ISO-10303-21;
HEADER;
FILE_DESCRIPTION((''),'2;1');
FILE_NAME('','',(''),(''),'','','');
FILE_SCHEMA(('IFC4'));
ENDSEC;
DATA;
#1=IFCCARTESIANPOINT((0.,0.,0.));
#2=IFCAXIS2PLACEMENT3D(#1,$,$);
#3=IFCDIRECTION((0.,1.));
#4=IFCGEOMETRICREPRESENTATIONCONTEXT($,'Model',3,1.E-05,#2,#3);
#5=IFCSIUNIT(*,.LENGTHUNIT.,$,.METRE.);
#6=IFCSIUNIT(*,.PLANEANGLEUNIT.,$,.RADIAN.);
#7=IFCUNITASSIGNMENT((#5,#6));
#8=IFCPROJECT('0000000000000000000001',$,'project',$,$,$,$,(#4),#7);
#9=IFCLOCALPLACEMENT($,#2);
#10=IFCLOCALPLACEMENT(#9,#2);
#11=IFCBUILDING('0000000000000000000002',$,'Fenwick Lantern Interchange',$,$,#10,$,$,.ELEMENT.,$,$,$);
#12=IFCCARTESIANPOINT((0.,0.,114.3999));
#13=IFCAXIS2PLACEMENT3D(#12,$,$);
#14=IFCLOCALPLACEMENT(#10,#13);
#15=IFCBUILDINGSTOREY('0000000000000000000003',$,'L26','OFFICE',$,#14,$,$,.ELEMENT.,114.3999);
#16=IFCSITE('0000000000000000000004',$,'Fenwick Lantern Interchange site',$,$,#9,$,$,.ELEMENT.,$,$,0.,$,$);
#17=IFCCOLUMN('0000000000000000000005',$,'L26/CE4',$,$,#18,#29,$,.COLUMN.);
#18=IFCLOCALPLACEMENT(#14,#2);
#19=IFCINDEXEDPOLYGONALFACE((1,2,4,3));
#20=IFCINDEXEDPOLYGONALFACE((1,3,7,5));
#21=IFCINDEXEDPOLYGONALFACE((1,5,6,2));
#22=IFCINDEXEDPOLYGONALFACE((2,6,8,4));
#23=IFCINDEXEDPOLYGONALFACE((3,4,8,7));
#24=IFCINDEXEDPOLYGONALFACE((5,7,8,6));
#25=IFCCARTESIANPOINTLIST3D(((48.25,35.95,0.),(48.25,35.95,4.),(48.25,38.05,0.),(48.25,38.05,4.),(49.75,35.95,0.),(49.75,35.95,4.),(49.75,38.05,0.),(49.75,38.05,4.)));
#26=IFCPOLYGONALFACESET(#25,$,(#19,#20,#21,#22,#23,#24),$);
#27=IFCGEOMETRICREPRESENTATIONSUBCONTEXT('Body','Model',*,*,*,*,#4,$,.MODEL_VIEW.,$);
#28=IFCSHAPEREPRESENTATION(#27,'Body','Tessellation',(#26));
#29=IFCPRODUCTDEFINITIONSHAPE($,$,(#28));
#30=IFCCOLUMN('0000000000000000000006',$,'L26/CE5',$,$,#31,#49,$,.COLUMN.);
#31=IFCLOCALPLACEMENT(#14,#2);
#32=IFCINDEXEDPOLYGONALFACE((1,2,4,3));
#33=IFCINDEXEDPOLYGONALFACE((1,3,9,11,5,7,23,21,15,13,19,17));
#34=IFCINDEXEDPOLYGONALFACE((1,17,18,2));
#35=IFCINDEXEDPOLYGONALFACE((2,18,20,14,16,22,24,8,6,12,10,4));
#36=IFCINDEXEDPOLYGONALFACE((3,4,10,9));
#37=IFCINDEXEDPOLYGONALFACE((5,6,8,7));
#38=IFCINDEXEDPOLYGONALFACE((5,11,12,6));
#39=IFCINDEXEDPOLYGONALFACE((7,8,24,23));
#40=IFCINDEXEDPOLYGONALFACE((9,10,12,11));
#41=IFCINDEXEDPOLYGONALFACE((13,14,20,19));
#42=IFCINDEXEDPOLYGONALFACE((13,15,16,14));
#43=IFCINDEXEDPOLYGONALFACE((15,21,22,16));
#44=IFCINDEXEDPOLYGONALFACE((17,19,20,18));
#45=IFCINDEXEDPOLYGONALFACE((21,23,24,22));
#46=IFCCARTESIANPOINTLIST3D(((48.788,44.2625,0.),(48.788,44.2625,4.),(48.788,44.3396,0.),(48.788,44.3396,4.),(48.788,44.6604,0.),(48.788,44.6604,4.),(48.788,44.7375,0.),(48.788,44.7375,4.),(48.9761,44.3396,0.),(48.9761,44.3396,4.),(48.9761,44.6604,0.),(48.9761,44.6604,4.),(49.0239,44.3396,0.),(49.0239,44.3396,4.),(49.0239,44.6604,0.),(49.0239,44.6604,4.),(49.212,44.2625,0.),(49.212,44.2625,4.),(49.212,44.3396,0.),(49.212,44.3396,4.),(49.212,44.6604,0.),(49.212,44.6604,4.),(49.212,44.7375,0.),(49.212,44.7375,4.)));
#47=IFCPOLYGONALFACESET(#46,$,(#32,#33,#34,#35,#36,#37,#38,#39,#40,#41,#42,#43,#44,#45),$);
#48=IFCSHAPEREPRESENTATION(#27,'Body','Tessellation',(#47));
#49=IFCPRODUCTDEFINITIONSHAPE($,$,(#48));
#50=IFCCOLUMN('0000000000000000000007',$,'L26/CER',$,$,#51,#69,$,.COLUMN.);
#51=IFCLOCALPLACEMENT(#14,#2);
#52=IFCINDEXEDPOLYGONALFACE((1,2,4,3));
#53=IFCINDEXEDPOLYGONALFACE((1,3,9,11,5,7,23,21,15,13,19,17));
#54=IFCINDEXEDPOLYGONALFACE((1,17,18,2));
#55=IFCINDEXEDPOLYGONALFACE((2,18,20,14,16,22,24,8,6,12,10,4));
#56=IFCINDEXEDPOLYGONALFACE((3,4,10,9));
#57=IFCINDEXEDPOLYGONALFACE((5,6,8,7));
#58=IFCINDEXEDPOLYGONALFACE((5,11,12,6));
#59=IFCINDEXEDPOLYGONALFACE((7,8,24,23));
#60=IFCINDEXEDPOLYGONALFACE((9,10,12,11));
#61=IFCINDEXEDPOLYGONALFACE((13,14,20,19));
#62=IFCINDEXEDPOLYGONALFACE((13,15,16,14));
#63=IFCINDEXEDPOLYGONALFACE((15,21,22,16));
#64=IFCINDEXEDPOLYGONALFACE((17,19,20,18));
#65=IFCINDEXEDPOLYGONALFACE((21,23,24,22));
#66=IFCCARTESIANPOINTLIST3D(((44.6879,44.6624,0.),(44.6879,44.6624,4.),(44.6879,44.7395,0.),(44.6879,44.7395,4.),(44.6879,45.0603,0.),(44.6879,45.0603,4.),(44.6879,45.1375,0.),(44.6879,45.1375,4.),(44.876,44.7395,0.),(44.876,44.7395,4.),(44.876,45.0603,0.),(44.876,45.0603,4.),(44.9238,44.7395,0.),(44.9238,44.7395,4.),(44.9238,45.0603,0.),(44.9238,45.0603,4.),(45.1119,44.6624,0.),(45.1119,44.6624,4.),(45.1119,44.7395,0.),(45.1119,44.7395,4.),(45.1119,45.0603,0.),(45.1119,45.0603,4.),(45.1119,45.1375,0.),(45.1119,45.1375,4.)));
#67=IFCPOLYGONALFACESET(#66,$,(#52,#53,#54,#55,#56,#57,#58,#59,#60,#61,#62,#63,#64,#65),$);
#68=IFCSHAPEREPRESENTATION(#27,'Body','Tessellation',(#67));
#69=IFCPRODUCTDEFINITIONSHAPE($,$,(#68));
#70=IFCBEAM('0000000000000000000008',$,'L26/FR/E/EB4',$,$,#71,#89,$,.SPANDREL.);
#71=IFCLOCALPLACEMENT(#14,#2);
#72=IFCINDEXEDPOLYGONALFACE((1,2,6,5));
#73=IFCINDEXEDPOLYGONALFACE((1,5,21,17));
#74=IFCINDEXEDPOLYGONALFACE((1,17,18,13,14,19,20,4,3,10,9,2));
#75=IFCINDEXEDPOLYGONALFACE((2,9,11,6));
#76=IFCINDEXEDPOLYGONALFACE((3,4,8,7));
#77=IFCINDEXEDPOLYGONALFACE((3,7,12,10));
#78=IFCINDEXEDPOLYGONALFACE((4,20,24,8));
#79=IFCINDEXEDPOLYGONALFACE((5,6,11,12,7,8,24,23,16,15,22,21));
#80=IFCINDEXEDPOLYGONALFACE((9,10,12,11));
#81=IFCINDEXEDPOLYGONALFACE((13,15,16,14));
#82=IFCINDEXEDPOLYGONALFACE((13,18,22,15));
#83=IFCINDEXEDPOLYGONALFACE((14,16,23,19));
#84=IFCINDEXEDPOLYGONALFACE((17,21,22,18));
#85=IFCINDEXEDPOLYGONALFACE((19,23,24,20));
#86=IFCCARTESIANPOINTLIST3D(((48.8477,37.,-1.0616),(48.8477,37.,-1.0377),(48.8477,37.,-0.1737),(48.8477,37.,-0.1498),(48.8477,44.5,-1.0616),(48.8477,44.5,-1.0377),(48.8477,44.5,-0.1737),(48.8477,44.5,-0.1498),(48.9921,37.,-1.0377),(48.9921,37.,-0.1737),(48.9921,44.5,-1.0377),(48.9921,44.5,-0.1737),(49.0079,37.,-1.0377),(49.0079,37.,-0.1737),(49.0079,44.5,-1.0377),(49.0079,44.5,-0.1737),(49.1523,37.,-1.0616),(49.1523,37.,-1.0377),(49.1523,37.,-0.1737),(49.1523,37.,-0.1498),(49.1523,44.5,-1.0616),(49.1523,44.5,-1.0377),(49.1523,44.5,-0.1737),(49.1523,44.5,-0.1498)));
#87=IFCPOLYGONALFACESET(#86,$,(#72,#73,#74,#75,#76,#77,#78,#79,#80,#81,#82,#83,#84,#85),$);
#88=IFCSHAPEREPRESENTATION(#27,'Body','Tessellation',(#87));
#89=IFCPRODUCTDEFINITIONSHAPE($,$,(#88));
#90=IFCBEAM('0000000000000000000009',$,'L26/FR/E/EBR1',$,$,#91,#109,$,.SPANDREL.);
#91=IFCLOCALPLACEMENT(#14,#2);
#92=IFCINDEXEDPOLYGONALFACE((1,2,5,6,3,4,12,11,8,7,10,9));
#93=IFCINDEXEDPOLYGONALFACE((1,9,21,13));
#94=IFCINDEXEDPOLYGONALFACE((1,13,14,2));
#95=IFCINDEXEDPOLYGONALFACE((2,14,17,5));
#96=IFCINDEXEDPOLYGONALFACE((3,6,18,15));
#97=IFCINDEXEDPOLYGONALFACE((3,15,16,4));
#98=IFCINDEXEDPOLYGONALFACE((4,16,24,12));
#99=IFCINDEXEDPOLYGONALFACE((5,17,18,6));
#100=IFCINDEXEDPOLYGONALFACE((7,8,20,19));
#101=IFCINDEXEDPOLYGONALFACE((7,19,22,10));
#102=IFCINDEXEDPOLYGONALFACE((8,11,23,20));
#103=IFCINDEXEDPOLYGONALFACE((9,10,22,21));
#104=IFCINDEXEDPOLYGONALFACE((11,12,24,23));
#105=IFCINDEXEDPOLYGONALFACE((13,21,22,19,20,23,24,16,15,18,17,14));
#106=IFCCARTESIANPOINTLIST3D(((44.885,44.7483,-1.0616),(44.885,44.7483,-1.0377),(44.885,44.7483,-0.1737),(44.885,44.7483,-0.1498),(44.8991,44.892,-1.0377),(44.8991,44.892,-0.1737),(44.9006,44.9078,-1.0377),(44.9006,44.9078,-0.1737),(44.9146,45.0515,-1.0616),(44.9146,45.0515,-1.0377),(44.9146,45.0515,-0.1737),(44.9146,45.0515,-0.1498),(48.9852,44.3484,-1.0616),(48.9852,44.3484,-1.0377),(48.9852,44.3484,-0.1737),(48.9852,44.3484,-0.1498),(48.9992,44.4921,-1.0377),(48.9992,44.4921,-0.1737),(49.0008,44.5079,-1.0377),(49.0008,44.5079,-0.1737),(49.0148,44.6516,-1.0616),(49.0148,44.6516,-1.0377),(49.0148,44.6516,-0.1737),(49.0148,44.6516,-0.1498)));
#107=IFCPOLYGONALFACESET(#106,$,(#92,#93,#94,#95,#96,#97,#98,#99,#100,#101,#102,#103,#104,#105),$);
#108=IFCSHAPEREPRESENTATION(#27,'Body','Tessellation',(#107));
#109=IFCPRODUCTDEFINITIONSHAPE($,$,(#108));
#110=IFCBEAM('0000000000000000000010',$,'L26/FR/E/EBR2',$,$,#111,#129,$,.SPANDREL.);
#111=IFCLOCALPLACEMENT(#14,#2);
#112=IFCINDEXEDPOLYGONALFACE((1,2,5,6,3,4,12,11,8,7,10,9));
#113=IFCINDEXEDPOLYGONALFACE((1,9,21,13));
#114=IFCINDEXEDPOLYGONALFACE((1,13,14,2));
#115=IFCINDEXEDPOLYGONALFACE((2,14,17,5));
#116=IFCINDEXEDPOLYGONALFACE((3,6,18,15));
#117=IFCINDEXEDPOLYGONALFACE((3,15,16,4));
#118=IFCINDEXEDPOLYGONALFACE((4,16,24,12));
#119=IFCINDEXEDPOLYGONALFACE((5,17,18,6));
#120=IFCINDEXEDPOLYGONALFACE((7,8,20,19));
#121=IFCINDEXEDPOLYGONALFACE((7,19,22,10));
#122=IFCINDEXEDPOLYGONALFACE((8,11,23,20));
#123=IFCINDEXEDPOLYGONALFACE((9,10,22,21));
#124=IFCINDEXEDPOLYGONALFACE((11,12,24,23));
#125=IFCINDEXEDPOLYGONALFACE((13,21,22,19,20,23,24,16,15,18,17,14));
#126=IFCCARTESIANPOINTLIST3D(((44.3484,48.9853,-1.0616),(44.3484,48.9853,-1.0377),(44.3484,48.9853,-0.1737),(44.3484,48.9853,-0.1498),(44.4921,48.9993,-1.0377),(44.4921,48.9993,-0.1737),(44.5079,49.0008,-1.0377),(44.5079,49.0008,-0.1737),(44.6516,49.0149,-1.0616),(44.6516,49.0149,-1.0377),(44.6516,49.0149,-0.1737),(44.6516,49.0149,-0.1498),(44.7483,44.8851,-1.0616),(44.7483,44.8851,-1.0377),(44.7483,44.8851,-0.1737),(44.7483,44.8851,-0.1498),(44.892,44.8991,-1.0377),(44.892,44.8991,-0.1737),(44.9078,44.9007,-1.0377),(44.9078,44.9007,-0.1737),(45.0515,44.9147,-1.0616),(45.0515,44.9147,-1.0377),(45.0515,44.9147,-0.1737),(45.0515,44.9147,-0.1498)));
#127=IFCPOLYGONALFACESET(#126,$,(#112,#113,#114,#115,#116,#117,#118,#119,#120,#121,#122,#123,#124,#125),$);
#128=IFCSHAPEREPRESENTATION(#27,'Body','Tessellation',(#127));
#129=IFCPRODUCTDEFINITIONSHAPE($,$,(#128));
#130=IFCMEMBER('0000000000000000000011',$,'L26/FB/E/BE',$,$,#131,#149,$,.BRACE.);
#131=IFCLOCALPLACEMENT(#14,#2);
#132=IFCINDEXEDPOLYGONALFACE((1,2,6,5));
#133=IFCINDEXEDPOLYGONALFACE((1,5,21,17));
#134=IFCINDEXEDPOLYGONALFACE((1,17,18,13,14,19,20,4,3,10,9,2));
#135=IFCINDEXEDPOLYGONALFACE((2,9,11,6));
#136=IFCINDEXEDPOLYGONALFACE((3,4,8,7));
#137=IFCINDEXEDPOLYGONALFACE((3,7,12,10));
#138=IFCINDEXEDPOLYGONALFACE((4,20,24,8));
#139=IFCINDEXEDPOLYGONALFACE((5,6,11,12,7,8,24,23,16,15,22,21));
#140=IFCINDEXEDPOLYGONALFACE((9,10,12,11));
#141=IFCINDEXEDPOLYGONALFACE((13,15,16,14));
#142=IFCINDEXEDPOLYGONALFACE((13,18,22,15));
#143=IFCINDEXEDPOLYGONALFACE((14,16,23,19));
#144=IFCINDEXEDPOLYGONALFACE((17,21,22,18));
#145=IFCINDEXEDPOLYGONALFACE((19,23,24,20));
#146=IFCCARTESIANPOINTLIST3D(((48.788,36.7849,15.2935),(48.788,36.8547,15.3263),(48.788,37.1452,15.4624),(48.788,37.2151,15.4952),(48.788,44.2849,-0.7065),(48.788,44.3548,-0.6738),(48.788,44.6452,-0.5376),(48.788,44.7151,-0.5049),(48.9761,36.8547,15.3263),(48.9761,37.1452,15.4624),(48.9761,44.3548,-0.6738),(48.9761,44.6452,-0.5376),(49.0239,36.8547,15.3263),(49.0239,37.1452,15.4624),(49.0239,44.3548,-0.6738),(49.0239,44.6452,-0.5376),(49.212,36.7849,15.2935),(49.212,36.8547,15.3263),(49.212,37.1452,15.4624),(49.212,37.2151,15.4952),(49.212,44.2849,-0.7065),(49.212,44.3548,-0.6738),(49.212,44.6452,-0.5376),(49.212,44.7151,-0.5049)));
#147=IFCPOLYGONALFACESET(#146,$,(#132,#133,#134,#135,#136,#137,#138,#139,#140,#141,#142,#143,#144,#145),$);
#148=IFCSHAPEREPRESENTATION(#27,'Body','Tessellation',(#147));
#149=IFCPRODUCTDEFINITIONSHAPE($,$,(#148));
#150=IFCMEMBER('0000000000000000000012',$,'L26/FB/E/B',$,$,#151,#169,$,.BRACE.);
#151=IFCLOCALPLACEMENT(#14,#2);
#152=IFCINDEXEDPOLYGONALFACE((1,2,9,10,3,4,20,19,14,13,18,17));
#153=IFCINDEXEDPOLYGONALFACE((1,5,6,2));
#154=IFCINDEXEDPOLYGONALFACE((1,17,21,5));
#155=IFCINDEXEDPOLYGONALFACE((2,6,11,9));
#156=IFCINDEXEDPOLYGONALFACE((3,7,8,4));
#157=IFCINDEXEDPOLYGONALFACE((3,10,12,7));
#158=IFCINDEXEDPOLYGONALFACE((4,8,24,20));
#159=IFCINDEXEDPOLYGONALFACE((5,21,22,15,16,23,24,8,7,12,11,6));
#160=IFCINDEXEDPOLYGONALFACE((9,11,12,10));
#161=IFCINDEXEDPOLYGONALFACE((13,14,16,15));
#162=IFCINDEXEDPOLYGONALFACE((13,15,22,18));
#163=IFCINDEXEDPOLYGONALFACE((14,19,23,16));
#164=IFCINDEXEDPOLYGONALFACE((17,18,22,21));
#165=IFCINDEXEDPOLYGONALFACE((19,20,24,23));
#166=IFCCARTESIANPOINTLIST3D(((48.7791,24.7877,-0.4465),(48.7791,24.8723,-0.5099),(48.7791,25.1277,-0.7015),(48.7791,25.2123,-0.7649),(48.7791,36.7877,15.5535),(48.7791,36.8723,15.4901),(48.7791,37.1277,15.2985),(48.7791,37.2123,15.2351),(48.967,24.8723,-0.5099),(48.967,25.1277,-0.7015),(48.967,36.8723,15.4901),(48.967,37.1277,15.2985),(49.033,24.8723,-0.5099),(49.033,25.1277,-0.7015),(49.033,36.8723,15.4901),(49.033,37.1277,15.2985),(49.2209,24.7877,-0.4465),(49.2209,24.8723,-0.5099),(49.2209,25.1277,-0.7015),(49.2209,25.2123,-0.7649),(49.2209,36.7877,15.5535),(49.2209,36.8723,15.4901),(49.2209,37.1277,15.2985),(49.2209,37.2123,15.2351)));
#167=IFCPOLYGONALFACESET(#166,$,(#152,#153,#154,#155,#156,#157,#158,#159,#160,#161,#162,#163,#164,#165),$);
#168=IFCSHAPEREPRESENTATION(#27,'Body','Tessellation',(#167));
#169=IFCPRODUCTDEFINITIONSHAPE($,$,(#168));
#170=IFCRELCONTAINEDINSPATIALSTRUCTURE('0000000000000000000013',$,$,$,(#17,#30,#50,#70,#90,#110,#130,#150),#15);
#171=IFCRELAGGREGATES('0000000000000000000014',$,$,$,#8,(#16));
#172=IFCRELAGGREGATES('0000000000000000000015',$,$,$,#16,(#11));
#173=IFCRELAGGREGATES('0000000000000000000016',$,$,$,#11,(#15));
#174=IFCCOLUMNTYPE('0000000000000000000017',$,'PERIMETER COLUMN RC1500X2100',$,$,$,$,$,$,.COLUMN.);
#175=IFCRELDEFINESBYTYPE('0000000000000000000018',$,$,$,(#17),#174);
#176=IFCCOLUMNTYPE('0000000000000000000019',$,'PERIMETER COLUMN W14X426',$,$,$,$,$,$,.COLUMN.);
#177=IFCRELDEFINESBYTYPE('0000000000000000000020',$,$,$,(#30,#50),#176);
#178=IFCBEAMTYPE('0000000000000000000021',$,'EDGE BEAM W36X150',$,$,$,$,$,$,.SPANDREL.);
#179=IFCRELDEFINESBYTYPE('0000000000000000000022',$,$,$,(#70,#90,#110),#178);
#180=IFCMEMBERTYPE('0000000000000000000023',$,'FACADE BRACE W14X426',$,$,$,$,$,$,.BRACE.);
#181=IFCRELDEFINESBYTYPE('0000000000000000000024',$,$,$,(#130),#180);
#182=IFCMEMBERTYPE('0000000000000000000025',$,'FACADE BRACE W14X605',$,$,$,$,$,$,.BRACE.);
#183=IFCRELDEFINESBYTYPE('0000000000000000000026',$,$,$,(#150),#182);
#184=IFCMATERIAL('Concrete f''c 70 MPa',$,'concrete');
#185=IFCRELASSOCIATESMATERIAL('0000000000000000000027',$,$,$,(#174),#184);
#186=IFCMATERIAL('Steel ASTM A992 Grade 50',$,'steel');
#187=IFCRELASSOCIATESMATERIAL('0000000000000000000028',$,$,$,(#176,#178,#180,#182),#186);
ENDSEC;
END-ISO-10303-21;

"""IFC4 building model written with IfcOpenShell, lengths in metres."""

from ifc_helpers import new_model, si_unit, direction, frame, origin, origin_2d, place, context, subcontext, project, spatial, rectangle, i_section, extrude, material, material_profile, profile_set, type_object, element, save


model = new_model("IFC4")

# Units and contexts
model_context = context("Model", 3, precision=1e-05, world=origin(), true_north=direction((0.0, 1.0)))
body_context = subcontext(model_context, "Body", "Model", "MODEL_VIEW")
ifc_project = project(units=[si_unit("LENGTHUNIT", "METRE"), si_unit("PLANEANGLEUNIT", "RADIAN")], contexts=[model_context])

# Site, building, storey
site_placement = place(None, origin())
site = spatial("IfcSite", under=ifc_project, at=site_placement, Name="Fenwick Lantern Interchange site", CompositionType="ELEMENT", RefElevation=0.0)
building_placement = place(site_placement, origin())
building = spatial("IfcBuilding", under=site, at=building_placement, Name="Fenwick Lantern Interchange", CompositionType="ELEMENT")
storey_placement = place(building_placement, frame((0.0, 0.0, 114.3999)))
storey = spatial("IfcBuildingStorey", under=building, at=storey_placement, Name="L26", Description="OFFICE", CompositionType="ELEMENT", Elevation=114.3999)

# Columns
ifc_material_1 = material(Name="Concrete f'c 70 MPa", Category="concrete")
ifc_material_profile_1 = material_profile(ifc_material_1, rectangle(XDim=1.5, YDim=2.1001, at=origin_2d()), Name="RC1500X2100")
ifc_profile_set_1 = profile_set([ifc_material_profile_1], Name="Concrete f'c 70 MPa")
column_type_1 = type_object("IfcColumnType", Name="PERIMETER COLUMN RC1500X2100", PredefinedType="COLUMN", material=ifc_profile_set_1)
column_placement = place(storey_placement, frame((49.0, 37.0, 0.0), z_axis=(0.0, 0.0, 1.0), x_axis=(1.0, 0.0, 0.0)))
element("IfcColumn", 1, at=column_placement, inside=storey, type_object=column_type_1, Name="L26/CE4", PredefinedType="COLUMN", context=body_context, shape_type="SweptSolid", body=[
    extrude(rectangle(XDim=1.5, YDim=2.1001, at=origin_2d()), origin(), (0.0, 0.0, 1.0), 4.0),
])
ifc_material_2 = material(Name="Steel ASTM A992 Grade 50", Category="steel")
ifc_material_profile_2 = material_profile(ifc_material_2, i_section(OverallWidth=0.4241, OverallDepth=0.4751, WebThickness=0.0479, FlangeThickness=0.0771, at=origin_2d()), Name="W14X426")
ifc_profile_set_2 = profile_set([ifc_material_profile_2], Name="Steel ASTM A992 Grade 50")
column_type_2 = type_object("IfcColumnType", Name="PERIMETER COLUMN W14X426", PredefinedType="COLUMN", material=ifc_profile_set_2)
for number, where, z_axis, x_axis, name in (
    (2, (49.0, 44.5, 0.0), (0.0, 0.0, 1.0), (1.0, 0.0, 0.0), "L26/CE5"),
    (3, (44.8999, 44.8999, 0.0), (0.0, 0.0, 1.0), (1.0, 0.0, 0.0), "L26/CER"),
):
    element("IfcColumn", number, at=place(storey_placement, frame(where, z_axis=z_axis, x_axis=x_axis)), inside=storey, type_object=column_type_2, Name=name, PredefinedType="COLUMN", context=body_context, shape_type="SweptSolid", body=[
        extrude(i_section(OverallWidth=0.4241, OverallDepth=0.4751, WebThickness=0.0479, FlangeThickness=0.0771, at=origin_2d()), origin(), (0.0, 0.0, 1.0), 4.0),
    ])

# Beams
ifc_material_profile_3 = material_profile(ifc_material_2, i_section(OverallWidth=0.3047, OverallDepth=0.9119, WebThickness=0.0159, FlangeThickness=0.0239, at=origin_2d()), Name="W36X150")
ifc_profile_set_3 = profile_set([ifc_material_profile_3], Name="Steel ASTM A992 Grade 50")
beam_type_1 = type_object("IfcBeamType", Name="EDGE BEAM W36X150", PredefinedType="SPANDREL", material=ifc_profile_set_3)
beam_1_placement = place(storey_placement, frame((49.0, 37.0, -0.6057), z_axis=(0.0, 1.0, 0.0), x_axis=(-1.0, 0.0, 0.0)))
element("IfcBeam", 4, at=beam_1_placement, inside=storey, type_object=beam_type_1, Name="L26/FR/E/EB4", PredefinedType="SPANDREL", context=body_context, shape_type="SweptSolid", body=[
    extrude(i_section(OverallWidth=0.3047, OverallDepth=0.9119, WebThickness=0.0159, FlangeThickness=0.0239, at=origin_2d()), origin(), (0.0, 0.0, 1.0), 7.5),
])
for number, where, z_axis, x_axis, name in (
    (5, (49.0, 44.5, -0.6057), (-0.995277, 0.097074, 0.0), (-0.097074, -0.995277, 0.0), "L26/FR/E/EBR1"),
    (6, (44.8999, 44.8999, -0.6057), (-0.097074, 0.995277, 0.0), (-0.995277, -0.097074, 0.0), "L26/FR/E/EBR2"),
):
    element("IfcBeam", number, at=place(storey_placement, frame(where, z_axis=z_axis, x_axis=x_axis)), inside=storey, type_object=beam_type_1, Name=name, PredefinedType="SPANDREL", context=body_context, shape_type="SweptSolid", body=[
        extrude(i_section(OverallWidth=0.3047, OverallDepth=0.9119, WebThickness=0.0159, FlangeThickness=0.0239, at=origin_2d()), origin(), (0.0, 0.0, 1.0), 4.1196),
    ])

# Members
ifc_material_profile_4 = material_profile(ifc_material_2, i_section(OverallWidth=0.4241, OverallDepth=0.4751, WebThickness=0.0479, FlangeThickness=0.0771, at=origin_2d()), Name="W14X426")
ifc_profile_set_4 = profile_set([ifc_material_profile_4], Name="Steel ASTM A992 Grade 50")
member_type_1 = type_object("IfcMemberType", Name="FACADE BRACE W14X426", PredefinedType="BRACE", material=ifc_profile_set_4)
member_1_placement = place(storey_placement, frame((49.0, 44.5, -0.6057), z_axis=(0.0, -0.424434, 0.905459), x_axis=(1.0, 0.0, 0.0)))
element("IfcMember", 7, at=member_1_placement, inside=storey, type_object=member_type_1, Name="L26/FB/E/BE", PredefinedType="BRACE", context=body_context, shape_type="SweptSolid", body=[
    extrude(i_section(OverallWidth=0.4241, OverallDepth=0.4751, WebThickness=0.0479, FlangeThickness=0.0771, at=origin_2d()), origin(), (0.0, 0.0, 1.0), 17.6707),
])
ifc_material_profile_5 = material_profile(ifc_material_2, i_section(OverallWidth=0.4419, OverallDepth=0.5308, WebThickness=0.0659, FlangeThickness=0.1057, at=origin_2d()), Name="W14X605")
ifc_profile_set_5 = profile_set([ifc_material_profile_5], Name="Steel ASTM A992 Grade 50")
member_type_2 = type_object("IfcMemberType", Name="FACADE BRACE W14X605", PredefinedType="BRACE", material=ifc_profile_set_5)
member_2_placement = place(storey_placement, frame((49.0, 25.0, -0.6057), z_axis=(0.0, 0.6, 0.8), x_axis=(-1.0, 0.0, 0.0)))
element("IfcMember", 8, at=member_2_placement, inside=storey, type_object=member_type_2, Name="L26/FB/E/B", PredefinedType="BRACE", context=body_context, shape_type="SweptSolid", body=[
    extrude(i_section(OverallWidth=0.4419, OverallDepth=0.5308, WebThickness=0.0659, FlangeThickness=0.1057, at=origin_2d()), origin(), (0.0, 0.0, 1.0), 20.0),
])

save(model, "model.ifc")
